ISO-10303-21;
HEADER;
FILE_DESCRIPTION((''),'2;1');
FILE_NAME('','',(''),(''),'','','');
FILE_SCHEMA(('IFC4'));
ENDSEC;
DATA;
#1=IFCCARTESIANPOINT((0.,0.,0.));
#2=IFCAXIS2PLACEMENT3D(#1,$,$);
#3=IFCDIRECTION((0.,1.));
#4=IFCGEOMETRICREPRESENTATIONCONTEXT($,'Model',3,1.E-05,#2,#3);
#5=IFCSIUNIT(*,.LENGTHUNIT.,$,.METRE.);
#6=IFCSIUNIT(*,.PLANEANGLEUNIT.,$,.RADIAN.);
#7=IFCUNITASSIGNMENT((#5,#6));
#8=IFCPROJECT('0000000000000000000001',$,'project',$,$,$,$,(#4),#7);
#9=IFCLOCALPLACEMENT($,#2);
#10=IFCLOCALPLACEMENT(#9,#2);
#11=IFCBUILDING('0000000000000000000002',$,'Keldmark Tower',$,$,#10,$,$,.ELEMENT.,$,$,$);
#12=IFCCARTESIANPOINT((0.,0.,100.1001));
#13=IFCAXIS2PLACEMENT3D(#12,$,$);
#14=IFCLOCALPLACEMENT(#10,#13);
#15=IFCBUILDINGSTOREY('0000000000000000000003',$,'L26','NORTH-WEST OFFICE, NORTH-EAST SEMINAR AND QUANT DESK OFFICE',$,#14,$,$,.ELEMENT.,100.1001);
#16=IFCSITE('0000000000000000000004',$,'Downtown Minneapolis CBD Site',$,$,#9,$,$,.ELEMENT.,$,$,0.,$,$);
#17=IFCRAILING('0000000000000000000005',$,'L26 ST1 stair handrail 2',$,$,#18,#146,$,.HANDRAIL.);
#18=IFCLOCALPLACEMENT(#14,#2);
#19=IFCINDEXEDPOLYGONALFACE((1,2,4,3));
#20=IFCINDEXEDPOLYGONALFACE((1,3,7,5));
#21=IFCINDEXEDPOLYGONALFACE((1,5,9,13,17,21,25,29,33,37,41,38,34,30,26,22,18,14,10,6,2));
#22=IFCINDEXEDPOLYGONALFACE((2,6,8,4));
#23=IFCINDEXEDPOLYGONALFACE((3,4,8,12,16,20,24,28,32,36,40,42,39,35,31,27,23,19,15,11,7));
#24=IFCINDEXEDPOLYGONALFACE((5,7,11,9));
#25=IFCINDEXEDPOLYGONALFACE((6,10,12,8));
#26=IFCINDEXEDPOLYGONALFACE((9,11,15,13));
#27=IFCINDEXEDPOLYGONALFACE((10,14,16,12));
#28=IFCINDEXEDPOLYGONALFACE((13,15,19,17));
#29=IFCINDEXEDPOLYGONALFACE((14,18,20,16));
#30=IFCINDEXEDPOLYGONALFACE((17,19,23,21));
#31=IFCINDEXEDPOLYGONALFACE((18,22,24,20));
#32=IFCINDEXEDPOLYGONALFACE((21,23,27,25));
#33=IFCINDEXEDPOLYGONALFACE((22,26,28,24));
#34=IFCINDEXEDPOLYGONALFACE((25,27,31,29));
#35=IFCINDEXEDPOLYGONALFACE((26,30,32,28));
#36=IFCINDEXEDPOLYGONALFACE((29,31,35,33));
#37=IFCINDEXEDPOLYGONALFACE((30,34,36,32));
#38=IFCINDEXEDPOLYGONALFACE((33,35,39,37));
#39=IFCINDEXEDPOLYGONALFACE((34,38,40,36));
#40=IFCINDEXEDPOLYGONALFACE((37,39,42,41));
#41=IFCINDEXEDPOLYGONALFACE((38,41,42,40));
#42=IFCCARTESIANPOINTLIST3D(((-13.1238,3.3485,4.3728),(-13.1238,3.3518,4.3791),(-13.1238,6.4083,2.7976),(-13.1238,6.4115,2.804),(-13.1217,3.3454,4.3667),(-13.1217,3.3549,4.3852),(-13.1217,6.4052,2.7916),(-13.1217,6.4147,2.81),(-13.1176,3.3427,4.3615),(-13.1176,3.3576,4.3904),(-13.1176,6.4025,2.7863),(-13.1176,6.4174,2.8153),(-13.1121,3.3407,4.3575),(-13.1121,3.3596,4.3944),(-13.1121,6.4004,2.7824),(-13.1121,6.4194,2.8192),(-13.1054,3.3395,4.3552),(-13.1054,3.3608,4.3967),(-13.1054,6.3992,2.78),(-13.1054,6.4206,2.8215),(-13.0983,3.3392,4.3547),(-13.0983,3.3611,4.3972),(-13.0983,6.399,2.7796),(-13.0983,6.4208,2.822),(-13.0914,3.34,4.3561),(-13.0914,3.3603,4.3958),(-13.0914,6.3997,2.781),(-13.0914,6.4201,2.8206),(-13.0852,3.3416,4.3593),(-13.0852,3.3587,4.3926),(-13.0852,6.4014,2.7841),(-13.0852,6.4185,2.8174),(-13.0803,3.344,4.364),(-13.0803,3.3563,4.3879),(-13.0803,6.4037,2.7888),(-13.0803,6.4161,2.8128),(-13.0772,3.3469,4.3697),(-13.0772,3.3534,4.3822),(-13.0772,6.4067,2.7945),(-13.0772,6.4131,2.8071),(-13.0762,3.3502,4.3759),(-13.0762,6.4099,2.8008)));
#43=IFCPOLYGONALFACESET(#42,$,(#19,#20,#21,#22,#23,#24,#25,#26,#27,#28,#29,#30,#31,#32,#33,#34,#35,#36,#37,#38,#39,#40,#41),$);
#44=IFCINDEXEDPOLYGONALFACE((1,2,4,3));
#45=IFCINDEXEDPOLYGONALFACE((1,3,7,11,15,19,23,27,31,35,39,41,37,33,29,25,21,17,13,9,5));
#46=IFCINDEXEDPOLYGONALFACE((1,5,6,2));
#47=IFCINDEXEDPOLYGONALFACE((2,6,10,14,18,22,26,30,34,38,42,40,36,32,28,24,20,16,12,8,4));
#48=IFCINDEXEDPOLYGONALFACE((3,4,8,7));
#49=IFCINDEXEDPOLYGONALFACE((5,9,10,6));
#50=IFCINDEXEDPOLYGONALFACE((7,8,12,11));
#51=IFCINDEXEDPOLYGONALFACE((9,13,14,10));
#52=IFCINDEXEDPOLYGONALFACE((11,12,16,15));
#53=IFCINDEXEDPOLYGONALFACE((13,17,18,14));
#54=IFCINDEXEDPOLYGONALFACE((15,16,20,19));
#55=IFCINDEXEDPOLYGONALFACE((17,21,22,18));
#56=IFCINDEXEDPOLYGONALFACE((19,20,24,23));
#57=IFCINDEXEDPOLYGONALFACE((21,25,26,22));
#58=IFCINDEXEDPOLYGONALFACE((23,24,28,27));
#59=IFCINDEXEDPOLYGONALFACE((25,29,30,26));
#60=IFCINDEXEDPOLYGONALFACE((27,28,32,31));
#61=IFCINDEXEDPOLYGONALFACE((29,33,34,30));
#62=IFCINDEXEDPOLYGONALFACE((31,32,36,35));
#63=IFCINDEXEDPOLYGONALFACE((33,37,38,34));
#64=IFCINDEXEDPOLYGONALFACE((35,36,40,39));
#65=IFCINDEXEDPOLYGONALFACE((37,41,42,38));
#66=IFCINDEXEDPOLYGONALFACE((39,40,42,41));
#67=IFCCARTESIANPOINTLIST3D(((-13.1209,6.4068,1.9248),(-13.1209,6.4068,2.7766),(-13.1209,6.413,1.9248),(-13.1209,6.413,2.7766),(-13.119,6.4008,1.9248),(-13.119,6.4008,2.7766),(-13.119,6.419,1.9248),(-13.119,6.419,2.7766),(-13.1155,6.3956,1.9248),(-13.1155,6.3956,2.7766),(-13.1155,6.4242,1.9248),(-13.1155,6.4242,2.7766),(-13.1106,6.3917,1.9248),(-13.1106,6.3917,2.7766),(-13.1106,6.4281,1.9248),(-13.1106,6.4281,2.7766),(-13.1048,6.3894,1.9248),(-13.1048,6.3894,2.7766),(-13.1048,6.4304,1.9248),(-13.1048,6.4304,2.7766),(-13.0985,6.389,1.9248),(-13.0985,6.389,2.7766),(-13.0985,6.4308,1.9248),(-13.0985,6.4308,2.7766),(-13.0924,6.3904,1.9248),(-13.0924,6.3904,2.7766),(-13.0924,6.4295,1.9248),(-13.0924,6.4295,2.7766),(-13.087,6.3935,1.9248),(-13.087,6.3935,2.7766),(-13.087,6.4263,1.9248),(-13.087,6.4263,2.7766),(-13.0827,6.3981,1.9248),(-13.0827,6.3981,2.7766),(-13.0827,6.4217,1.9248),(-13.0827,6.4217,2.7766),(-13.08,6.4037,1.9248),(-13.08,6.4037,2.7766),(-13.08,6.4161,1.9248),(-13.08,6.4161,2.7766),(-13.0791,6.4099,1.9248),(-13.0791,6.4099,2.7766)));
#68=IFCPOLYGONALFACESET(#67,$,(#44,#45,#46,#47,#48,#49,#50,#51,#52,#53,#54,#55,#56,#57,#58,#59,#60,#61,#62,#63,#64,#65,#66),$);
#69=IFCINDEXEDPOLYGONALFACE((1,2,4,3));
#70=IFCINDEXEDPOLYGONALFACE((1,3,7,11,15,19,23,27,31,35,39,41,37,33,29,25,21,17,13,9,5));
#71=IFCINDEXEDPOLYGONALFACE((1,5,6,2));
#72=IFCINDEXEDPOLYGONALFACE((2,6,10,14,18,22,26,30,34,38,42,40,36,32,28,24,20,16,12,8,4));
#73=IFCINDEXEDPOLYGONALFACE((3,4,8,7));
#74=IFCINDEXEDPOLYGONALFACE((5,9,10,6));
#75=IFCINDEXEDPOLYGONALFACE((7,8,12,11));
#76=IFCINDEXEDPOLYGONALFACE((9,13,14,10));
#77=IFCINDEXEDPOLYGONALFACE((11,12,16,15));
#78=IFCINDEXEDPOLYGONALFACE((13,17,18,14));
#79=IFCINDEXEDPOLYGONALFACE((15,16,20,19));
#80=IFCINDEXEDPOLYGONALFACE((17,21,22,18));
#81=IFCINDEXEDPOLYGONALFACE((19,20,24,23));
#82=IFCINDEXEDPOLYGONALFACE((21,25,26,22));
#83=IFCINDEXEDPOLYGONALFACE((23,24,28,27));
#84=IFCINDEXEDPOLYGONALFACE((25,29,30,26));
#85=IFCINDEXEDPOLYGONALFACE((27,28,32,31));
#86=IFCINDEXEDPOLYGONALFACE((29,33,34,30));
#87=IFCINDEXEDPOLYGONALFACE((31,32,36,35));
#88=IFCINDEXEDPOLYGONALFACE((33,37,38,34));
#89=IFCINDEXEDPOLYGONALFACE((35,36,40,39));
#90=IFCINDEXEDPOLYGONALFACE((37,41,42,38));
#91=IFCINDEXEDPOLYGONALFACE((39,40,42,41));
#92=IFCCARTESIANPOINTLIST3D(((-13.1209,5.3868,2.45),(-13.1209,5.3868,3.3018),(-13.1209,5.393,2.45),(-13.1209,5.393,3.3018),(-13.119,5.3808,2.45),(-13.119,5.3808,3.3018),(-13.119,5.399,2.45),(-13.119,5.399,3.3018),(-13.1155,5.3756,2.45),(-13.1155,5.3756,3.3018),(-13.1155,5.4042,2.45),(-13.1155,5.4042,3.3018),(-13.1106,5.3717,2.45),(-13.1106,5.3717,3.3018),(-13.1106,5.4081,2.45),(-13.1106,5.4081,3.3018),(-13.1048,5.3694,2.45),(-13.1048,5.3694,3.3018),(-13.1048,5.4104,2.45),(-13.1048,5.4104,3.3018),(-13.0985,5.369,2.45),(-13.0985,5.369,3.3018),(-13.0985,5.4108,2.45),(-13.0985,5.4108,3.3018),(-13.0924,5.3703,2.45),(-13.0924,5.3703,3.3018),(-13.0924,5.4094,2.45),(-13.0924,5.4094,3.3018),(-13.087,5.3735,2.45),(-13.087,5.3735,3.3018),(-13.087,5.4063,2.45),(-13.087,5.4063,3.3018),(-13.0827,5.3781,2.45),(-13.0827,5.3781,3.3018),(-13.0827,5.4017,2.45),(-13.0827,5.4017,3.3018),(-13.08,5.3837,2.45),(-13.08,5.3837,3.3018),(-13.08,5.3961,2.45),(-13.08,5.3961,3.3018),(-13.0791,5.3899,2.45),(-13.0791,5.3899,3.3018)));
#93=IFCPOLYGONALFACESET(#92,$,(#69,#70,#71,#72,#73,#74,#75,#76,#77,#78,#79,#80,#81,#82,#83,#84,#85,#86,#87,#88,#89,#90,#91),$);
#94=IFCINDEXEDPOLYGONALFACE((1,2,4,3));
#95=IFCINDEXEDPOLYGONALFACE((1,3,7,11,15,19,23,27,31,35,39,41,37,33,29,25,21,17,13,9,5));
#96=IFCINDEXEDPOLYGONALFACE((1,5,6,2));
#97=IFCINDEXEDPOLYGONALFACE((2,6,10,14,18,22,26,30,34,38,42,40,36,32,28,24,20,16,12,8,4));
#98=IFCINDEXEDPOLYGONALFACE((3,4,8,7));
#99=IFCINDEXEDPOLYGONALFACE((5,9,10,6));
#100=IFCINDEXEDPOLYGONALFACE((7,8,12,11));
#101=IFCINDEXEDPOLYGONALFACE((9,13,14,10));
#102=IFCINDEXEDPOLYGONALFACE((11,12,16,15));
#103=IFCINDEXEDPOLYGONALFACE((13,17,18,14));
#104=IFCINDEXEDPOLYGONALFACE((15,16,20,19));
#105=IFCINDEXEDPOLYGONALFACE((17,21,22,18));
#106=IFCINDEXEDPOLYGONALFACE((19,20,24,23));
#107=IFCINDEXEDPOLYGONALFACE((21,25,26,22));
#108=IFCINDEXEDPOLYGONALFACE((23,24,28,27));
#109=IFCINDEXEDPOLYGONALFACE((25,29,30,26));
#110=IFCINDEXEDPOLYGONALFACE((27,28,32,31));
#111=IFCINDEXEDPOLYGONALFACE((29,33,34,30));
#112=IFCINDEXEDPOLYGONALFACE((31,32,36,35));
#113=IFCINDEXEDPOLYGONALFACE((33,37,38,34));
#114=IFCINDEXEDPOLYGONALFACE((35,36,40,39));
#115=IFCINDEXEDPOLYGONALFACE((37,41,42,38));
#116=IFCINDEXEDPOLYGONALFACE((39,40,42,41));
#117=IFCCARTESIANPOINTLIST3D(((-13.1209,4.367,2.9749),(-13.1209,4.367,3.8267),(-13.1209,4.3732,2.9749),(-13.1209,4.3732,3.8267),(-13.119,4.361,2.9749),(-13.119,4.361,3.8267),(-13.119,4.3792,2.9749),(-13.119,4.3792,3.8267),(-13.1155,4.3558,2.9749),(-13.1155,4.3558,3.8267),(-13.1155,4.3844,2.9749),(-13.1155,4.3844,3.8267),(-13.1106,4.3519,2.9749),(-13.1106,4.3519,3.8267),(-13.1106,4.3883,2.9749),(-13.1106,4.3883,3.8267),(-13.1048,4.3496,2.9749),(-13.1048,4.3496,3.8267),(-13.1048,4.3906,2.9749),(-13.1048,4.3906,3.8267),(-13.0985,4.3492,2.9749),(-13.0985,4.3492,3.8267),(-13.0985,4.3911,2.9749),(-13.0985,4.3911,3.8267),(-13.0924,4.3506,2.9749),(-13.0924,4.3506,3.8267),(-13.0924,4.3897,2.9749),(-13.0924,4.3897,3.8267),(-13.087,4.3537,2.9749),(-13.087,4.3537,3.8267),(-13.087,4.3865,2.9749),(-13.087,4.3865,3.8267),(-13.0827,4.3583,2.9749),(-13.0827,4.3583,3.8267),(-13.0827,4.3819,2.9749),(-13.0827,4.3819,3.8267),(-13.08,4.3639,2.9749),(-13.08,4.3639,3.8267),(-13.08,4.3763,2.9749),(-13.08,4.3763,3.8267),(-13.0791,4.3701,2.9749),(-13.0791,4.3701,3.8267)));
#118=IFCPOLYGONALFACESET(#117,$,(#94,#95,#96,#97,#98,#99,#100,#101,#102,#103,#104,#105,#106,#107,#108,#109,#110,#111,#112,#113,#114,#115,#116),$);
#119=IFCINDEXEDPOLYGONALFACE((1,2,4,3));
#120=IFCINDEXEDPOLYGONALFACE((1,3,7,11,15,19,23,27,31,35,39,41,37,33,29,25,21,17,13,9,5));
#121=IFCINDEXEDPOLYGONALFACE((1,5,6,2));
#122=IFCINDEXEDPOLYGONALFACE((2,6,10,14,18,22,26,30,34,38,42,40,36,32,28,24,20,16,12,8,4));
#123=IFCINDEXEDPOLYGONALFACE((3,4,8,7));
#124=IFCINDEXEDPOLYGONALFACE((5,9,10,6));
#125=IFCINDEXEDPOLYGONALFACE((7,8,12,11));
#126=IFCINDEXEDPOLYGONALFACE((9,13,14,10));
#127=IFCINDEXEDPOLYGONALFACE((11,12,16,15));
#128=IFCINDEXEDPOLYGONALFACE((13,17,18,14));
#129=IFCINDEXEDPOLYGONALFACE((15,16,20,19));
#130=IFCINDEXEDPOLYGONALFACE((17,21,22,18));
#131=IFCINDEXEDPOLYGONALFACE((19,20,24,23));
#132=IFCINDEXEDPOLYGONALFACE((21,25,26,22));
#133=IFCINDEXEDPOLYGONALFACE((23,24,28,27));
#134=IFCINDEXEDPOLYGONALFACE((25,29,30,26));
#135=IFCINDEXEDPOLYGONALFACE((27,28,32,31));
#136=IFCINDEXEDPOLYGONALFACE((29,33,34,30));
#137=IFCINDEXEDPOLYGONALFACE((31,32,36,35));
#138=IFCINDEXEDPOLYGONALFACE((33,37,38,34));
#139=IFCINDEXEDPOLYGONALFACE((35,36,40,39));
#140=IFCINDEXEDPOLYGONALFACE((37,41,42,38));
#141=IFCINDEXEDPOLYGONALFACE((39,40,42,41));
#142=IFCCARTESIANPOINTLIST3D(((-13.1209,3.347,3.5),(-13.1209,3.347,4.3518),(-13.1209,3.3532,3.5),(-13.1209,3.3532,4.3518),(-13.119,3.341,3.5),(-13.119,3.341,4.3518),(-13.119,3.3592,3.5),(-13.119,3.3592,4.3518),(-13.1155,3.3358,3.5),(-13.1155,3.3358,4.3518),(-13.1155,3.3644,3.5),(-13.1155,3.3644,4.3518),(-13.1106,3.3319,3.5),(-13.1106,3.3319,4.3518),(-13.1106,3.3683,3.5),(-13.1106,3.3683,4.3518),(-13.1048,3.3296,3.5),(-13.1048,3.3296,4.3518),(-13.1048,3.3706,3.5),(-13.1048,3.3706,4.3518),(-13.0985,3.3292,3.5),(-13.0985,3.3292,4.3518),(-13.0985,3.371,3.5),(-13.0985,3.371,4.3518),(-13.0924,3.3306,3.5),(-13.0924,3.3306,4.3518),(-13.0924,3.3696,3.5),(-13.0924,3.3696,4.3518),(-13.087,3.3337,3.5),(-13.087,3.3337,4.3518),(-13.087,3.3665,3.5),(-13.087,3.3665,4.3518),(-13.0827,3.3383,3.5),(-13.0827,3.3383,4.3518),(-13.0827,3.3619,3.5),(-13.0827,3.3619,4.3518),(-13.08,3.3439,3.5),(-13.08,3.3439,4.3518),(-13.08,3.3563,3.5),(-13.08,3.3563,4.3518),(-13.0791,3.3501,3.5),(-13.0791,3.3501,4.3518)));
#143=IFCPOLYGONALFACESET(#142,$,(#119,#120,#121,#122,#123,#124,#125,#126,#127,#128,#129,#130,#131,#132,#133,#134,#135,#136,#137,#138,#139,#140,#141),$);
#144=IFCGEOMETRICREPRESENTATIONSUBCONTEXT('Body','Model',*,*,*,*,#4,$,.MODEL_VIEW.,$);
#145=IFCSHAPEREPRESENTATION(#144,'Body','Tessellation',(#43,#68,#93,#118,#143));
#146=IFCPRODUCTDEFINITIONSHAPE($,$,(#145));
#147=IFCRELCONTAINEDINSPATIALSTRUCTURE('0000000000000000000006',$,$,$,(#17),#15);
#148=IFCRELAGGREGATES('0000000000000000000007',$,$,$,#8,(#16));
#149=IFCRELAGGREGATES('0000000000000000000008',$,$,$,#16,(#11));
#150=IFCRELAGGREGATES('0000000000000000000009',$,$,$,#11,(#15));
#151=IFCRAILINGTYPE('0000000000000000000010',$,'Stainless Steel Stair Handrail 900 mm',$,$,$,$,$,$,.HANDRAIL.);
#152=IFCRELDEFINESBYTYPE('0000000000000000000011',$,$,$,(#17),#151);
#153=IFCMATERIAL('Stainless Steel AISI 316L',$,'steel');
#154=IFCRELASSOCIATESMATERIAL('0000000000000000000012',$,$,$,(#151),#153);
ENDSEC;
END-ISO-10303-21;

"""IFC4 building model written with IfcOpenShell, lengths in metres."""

from ifc_helpers import new_model, si_unit, direction, frame, origin, origin_2d, place, context, subcontext, project, spatial, circle, extrude, material, type_object, element, save


model = new_model("IFC4")

# Units and contexts
model_context = context("Model", 3, precision=1e-05, world=origin(), true_north=direction((0.0, 1.0)))
body_context = subcontext(model_context, "Body", "Model", "MODEL_VIEW")
ifc_project = project(units=[si_unit("LENGTHUNIT", "METRE"), si_unit("PLANEANGLEUNIT", "RADIAN")], contexts=[model_context])

# Site, building, storey
site_placement = place(None, origin())
site = spatial("IfcSite", under=ifc_project, at=site_placement, Name="Downtown Minneapolis CBD Site", CompositionType="ELEMENT", RefElevation=0.0)
building_placement = place(site_placement, origin())
building = spatial("IfcBuilding", under=site, at=building_placement, Name="Keldmark Tower", CompositionType="ELEMENT")
storey_placement = place(building_placement, frame((0.0, 0.0, 100.1001)))
storey = spatial("IfcBuildingStorey", under=building, at=storey_placement, Name="L26", Description="NORTH-WEST OFFICE, NORTH-EAST SEMINAR AND QUANT DESK OFFICE", CompositionType="ELEMENT", Elevation=100.1001)

# Railing
ifc_material_1 = material(Name="Stainless Steel AISI 316L", Category="steel")
railing_type_1 = type_object("IfcRailingType", Name="Stainless Steel Stair Handrail 900 mm", PredefinedType="HANDRAIL", material=ifc_material_1)
railing_1_placement = place(storey_placement, frame((-13.1001, 6.4099, 1.9248)))
element("IfcRailing", 1, at=railing_1_placement, inside=storey, type_object=railing_type_1, Name="L26 ST1 stair handrail 2", PredefinedType="HANDRAIL", context=body_context, shape_type="SweptSolid", body=[
    extrude(circle(Radius=0.0239, at=origin_2d()), frame((0.0, 0.0, 0.876), z_axis=(0.0, -0.889101, 0.45771), x_axis=(1.0, 0.0, 0.0)), (0.0, 0.0, 1.0), 3.4414),
    extrude(circle(Radius=0.021, at=origin_2d()), origin(), (0.0, 0.0, 1.0), 0.8518),
    extrude(circle(Radius=0.021, at=origin_2d()), frame((0.0, -1.02, 0.5251)), (0.0, 0.0, 1.0), 0.8518),
    extrude(circle(Radius=0.021, at=origin_2d()), frame((0.0, -2.0398, 1.05)), (0.0, 0.0, 1.0), 0.8518),
    extrude(circle(Radius=0.021, at=origin_2d()), frame((0.0, -3.0598, 1.5752)), (0.0, 0.0, 1.0), 0.8518),
])

save(model, "model.ifc")
